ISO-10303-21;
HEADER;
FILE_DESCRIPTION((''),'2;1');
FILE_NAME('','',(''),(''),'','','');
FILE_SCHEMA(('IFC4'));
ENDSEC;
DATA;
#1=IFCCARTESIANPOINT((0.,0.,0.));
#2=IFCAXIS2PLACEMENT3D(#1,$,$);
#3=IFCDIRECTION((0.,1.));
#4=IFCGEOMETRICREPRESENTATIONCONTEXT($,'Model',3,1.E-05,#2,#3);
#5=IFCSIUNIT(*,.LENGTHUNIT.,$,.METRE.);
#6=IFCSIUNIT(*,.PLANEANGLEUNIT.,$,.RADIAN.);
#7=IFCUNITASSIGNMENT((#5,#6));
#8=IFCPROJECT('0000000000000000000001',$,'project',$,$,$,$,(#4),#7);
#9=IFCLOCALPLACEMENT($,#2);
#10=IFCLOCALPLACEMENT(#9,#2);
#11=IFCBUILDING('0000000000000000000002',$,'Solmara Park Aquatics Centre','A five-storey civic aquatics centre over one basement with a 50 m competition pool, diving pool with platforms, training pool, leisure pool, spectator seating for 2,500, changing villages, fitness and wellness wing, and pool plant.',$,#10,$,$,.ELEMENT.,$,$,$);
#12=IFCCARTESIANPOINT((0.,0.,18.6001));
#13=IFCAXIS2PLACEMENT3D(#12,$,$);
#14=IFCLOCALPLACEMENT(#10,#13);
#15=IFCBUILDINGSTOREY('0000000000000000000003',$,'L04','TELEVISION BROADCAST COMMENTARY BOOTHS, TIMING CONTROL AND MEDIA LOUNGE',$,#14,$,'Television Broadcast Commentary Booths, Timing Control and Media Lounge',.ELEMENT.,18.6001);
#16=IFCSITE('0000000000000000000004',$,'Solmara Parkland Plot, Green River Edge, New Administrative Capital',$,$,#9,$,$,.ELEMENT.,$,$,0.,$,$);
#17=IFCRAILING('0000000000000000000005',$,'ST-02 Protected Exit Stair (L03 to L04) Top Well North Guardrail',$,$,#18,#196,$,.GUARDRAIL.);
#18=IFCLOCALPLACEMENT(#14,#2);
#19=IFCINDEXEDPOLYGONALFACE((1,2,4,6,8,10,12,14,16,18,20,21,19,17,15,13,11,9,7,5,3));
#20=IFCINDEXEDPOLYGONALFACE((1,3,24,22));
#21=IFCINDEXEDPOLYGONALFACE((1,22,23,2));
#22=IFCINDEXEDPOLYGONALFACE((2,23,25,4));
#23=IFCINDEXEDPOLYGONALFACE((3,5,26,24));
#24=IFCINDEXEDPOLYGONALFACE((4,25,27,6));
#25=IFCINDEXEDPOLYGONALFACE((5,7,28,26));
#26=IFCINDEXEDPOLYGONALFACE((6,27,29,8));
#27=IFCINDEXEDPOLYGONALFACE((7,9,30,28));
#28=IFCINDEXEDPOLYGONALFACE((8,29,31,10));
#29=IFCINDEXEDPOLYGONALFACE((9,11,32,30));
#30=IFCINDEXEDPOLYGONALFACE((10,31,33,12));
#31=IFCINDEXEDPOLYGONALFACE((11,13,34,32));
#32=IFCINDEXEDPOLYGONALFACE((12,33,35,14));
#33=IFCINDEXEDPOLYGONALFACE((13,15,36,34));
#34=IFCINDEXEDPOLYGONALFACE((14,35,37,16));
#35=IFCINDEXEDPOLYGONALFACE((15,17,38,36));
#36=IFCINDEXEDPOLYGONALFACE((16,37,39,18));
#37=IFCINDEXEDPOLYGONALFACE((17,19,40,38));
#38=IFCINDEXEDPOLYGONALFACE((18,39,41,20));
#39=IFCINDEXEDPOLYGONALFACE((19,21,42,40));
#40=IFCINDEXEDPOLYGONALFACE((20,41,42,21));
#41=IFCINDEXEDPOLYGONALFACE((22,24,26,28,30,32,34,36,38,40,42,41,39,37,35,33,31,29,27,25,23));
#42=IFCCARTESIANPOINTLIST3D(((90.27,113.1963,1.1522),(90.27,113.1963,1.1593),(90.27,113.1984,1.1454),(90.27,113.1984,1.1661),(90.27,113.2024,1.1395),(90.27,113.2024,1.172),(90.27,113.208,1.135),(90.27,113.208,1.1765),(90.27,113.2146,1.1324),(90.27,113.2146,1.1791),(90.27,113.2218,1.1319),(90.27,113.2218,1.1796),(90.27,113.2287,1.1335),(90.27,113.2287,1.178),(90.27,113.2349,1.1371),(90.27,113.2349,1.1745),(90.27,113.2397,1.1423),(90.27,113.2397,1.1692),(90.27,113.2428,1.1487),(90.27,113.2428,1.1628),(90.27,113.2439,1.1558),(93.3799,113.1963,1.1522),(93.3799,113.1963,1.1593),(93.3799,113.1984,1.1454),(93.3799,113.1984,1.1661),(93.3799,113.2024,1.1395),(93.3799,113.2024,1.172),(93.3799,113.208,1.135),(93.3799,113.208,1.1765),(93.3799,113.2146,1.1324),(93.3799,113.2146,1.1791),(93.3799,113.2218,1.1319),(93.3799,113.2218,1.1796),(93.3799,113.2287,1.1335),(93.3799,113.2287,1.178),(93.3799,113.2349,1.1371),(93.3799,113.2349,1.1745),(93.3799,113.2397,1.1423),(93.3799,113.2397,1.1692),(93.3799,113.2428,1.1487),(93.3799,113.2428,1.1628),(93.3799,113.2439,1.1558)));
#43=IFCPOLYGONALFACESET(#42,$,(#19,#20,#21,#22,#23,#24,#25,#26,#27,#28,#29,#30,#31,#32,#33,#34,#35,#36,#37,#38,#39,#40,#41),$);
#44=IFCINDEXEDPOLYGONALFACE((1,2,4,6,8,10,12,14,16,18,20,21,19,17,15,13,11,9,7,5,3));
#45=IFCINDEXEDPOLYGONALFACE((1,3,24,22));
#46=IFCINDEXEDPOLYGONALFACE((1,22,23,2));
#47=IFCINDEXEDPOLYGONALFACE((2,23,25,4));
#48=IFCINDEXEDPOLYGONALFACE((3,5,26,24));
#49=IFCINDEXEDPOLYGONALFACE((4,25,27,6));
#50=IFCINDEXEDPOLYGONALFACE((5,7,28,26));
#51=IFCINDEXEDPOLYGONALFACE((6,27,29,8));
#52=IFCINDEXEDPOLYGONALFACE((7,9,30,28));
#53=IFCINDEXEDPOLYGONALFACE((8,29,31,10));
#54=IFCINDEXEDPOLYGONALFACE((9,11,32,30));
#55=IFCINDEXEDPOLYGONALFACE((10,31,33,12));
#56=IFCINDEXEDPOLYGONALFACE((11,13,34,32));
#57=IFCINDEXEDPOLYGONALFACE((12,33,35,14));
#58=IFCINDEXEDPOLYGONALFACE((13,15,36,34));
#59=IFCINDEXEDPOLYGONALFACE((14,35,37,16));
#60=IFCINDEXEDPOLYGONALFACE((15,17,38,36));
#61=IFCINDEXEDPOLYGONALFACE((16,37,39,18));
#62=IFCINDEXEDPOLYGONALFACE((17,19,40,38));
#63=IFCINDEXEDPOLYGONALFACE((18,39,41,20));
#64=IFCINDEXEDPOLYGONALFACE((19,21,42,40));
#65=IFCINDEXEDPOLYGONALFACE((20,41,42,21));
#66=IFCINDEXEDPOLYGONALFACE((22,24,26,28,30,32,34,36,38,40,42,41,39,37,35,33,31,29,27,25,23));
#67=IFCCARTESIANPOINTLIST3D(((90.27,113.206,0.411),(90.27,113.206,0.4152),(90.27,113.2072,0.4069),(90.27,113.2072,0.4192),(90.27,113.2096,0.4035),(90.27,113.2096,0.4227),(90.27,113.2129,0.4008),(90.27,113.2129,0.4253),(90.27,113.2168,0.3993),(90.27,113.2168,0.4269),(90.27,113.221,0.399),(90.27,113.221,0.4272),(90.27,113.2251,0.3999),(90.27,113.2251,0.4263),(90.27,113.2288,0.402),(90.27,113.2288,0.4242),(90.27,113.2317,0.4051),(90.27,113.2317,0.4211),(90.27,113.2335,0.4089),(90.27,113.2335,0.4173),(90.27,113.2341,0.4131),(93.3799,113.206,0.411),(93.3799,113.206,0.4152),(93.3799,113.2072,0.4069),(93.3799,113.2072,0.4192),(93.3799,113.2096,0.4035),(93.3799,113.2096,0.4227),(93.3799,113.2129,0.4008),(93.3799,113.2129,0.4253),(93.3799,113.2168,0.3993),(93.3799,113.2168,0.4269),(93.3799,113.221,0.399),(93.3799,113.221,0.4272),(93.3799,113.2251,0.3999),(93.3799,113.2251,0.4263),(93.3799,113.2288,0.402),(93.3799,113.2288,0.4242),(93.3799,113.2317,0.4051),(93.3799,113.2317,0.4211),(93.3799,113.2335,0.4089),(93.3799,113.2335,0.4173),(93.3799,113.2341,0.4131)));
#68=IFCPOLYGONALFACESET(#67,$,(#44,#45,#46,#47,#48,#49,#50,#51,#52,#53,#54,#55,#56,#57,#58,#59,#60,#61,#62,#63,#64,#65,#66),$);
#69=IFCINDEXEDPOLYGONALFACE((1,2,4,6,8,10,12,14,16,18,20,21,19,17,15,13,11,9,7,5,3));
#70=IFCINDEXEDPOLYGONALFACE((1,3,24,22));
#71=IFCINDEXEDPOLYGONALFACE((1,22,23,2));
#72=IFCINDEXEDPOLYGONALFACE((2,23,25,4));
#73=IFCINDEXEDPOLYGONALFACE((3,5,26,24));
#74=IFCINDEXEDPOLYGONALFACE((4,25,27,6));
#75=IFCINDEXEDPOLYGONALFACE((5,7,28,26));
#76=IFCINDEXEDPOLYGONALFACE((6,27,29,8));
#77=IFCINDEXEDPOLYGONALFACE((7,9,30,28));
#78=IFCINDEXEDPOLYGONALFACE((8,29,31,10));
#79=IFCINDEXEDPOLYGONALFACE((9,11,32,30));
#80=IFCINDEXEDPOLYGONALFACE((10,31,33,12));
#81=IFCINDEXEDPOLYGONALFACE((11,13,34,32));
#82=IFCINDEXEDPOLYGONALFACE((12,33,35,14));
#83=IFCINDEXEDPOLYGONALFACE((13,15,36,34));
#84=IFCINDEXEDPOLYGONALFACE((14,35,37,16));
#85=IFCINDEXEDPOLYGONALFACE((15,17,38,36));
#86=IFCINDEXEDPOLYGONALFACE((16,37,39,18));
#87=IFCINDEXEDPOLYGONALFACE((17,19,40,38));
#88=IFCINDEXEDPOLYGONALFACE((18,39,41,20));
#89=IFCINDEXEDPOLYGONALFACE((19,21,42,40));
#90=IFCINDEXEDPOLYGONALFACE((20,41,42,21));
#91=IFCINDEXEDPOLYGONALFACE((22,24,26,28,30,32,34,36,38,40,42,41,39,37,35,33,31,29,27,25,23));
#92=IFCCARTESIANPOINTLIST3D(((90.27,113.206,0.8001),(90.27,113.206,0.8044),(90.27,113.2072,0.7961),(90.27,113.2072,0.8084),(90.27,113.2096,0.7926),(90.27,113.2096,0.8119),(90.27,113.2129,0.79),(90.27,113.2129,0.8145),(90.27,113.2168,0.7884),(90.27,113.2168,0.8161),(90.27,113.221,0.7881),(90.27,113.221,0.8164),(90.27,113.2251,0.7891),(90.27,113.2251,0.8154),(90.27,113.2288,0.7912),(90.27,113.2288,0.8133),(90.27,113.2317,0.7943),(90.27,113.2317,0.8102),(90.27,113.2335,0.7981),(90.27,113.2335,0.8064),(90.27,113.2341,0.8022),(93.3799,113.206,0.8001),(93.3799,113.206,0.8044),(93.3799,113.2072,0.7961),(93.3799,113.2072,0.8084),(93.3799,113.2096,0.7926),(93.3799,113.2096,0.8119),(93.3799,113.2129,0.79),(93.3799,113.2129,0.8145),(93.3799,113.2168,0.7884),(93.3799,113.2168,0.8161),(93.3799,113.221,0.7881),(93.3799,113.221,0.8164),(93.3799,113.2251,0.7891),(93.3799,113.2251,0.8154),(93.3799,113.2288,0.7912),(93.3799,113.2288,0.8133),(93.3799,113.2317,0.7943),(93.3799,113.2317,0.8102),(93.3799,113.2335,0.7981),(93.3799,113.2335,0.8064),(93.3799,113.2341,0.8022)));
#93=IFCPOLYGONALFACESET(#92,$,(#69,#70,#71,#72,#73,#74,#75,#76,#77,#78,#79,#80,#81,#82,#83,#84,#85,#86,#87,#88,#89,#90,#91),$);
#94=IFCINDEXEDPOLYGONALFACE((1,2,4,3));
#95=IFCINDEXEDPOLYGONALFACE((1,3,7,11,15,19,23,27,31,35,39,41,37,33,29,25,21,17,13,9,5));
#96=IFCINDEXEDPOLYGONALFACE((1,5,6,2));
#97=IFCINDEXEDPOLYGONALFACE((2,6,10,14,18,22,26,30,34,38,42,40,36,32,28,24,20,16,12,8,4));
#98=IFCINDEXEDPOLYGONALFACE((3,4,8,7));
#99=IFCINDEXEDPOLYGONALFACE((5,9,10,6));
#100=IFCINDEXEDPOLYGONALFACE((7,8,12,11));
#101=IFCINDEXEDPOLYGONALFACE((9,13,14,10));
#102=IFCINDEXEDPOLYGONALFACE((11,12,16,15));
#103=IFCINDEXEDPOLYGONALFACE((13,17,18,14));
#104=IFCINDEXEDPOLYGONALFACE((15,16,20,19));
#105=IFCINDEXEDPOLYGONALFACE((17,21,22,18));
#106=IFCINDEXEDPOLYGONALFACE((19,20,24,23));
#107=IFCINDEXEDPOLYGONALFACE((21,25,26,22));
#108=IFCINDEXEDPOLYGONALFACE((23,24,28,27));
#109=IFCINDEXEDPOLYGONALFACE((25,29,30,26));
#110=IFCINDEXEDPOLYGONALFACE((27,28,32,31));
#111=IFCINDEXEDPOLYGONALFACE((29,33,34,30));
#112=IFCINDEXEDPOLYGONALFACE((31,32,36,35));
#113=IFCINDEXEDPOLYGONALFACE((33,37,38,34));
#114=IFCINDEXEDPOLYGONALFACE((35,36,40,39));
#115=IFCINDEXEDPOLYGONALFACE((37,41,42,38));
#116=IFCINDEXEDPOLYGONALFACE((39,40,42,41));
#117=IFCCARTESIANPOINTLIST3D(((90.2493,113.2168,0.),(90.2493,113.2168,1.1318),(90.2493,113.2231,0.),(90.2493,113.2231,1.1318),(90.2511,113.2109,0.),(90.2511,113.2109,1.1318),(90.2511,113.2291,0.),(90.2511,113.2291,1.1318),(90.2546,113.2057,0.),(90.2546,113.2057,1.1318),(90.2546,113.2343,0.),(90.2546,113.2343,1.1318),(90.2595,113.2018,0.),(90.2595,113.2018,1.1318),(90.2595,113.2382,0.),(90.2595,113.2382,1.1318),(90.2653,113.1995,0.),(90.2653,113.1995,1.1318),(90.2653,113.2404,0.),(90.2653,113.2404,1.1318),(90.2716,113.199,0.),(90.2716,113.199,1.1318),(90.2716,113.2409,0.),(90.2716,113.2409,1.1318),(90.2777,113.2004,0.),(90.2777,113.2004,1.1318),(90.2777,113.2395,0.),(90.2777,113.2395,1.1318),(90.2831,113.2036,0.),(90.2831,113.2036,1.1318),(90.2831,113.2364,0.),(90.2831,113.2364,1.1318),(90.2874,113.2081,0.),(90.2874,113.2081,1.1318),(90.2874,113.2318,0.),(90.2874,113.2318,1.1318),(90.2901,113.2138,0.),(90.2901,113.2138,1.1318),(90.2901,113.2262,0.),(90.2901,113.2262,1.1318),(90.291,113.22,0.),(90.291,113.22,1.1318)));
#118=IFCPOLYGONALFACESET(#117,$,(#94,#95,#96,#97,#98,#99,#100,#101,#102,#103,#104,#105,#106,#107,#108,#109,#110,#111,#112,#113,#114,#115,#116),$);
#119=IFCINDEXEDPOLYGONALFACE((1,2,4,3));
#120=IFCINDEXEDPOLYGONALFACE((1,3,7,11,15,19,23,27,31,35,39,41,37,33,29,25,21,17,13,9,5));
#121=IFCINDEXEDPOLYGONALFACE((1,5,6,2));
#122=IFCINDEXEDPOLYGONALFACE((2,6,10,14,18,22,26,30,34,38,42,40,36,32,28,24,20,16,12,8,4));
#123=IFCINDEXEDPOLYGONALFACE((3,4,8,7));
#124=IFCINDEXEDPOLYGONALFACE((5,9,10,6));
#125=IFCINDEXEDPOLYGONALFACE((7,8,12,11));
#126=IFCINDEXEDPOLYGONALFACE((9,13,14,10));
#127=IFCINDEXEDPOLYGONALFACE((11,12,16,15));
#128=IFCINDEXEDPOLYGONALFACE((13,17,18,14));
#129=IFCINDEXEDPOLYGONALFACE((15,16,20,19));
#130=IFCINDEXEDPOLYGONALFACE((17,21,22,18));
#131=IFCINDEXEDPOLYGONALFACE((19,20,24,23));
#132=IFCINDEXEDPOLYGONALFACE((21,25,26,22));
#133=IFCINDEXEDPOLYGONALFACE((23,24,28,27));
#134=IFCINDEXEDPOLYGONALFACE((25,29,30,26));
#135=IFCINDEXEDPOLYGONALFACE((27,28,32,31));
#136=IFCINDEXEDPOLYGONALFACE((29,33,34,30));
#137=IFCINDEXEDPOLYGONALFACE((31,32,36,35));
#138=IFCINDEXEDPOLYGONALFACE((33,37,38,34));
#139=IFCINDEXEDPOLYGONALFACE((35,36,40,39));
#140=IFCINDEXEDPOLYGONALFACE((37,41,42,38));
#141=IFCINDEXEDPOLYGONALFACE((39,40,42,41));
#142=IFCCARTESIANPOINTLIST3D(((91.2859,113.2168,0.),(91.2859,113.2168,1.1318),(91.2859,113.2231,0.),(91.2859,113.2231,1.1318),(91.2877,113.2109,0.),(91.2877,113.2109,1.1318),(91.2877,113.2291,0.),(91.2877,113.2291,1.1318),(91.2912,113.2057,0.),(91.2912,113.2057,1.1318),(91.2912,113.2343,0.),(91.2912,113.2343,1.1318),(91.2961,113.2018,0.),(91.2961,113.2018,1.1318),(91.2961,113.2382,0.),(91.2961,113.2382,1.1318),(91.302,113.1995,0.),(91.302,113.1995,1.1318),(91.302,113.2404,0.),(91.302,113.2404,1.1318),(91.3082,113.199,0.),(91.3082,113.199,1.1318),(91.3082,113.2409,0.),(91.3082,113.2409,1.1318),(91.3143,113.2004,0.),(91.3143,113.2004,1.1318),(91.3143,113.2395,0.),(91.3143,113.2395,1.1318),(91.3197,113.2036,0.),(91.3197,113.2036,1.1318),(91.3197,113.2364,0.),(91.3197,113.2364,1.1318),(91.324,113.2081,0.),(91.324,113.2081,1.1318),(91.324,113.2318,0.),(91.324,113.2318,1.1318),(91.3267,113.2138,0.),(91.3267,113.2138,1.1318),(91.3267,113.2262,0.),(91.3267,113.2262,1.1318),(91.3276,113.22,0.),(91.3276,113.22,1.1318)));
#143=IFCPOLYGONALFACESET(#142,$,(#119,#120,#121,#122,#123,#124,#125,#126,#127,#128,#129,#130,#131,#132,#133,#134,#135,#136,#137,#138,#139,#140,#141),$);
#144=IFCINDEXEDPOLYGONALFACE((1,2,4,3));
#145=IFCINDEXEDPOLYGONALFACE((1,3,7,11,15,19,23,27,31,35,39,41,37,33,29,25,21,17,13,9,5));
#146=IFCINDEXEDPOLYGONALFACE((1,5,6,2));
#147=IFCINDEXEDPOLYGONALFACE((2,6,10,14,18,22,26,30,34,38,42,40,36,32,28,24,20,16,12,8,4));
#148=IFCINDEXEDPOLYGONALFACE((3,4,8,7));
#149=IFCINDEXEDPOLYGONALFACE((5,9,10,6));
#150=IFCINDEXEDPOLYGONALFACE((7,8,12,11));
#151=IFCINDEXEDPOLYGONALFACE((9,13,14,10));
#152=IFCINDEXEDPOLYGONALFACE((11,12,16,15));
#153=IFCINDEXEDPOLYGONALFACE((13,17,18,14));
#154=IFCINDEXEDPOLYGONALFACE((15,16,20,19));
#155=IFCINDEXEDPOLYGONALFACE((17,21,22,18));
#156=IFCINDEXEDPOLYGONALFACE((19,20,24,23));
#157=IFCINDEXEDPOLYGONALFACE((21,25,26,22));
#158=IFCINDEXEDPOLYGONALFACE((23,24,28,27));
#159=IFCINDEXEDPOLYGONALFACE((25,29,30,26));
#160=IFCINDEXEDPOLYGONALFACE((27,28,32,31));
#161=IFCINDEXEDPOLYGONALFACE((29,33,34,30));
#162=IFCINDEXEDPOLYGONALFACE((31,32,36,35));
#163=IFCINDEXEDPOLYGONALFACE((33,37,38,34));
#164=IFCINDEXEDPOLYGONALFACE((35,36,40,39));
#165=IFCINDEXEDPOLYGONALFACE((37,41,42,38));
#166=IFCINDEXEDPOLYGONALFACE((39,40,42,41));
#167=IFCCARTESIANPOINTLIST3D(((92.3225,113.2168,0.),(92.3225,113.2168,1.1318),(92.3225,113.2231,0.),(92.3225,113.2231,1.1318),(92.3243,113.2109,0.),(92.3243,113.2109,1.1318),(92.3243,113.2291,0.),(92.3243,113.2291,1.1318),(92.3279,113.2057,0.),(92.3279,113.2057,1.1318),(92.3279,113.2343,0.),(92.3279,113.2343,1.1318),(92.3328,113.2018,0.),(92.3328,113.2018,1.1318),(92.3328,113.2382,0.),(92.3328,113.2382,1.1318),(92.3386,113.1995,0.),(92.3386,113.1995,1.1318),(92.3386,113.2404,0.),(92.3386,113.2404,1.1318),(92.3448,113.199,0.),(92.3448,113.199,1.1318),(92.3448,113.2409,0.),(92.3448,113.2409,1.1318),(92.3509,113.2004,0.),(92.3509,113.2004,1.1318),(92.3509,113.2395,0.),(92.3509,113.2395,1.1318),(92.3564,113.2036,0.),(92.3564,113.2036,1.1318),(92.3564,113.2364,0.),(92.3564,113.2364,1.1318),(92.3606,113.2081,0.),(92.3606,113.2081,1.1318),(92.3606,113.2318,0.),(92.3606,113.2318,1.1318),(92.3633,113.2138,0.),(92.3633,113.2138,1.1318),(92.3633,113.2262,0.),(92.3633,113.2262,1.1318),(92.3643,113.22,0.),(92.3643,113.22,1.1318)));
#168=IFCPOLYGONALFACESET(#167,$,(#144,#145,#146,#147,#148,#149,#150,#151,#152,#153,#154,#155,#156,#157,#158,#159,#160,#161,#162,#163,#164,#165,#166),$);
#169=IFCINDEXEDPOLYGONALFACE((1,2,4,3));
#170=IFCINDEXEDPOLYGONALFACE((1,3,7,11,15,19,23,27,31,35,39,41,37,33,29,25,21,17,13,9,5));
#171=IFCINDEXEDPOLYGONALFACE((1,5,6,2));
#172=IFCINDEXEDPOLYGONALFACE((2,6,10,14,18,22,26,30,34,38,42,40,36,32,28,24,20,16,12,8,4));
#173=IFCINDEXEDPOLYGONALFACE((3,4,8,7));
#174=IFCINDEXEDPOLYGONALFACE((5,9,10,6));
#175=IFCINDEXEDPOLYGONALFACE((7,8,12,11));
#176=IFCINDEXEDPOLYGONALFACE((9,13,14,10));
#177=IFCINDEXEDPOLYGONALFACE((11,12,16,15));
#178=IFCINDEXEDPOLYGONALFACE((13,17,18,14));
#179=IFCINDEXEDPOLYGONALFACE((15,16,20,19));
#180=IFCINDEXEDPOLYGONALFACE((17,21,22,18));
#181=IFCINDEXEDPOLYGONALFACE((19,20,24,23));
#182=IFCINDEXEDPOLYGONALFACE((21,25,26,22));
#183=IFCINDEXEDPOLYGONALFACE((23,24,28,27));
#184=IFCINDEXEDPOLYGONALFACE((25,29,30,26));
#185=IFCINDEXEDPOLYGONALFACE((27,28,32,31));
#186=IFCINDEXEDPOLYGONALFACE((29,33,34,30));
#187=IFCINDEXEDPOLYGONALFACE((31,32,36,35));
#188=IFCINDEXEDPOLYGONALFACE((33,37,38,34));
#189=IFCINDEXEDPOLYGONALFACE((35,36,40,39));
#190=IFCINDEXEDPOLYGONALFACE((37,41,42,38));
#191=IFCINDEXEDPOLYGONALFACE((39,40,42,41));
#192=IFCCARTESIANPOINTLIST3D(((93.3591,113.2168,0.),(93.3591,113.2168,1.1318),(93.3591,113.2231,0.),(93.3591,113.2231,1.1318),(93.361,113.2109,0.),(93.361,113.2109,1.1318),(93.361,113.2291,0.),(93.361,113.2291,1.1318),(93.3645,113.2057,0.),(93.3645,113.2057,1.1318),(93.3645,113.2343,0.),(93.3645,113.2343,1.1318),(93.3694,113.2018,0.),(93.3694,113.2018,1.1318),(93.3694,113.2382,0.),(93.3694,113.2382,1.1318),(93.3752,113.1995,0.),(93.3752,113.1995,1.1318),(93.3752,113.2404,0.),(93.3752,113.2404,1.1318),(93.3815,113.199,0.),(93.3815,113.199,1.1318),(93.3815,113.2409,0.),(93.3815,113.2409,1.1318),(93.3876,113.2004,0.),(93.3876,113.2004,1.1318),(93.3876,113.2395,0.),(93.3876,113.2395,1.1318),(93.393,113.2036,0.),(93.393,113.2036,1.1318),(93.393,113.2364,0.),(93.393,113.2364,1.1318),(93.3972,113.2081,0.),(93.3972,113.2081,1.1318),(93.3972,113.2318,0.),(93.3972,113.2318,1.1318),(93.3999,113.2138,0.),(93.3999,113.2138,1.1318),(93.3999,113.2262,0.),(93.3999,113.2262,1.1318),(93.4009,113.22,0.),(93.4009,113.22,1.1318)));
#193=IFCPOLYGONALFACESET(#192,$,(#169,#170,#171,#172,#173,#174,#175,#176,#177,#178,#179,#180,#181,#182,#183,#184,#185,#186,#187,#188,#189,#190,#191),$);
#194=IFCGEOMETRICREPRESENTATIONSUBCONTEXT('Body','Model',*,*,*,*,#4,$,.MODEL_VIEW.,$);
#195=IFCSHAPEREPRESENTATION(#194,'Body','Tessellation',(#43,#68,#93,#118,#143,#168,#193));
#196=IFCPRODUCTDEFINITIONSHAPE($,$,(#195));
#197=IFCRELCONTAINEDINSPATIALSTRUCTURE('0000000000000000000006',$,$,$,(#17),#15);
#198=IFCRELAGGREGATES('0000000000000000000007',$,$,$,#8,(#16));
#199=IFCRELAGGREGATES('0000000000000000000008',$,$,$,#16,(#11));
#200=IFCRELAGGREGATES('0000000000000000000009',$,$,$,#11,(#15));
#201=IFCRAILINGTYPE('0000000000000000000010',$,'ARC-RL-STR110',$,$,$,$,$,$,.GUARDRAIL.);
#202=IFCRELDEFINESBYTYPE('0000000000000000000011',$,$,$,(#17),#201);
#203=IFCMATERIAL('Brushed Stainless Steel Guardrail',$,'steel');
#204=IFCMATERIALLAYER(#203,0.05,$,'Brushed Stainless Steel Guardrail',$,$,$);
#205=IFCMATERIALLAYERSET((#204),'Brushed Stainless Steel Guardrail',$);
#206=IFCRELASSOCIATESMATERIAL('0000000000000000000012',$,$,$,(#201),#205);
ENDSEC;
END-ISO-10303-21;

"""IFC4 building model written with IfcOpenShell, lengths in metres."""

from ifc_helpers import new_model, si_unit, direction, frame, origin, origin_2d, place, context, subcontext, project, spatial, circle, extrude, material, layer, layer_set, type_object, element, save


model = new_model("IFC4")

# Units and contexts
model_context = context("Model", 3, precision=1e-05, world=origin(), true_north=direction((0.0, 1.0)))
body_context = subcontext(model_context, "Body", "Model", "MODEL_VIEW")
ifc_project = project(units=[si_unit("LENGTHUNIT", "METRE"), si_unit("PLANEANGLEUNIT", "RADIAN")], contexts=[model_context])

# Site, building, storey
site_placement = place(None, origin())
site = spatial("IfcSite", under=ifc_project, at=site_placement, Name="Solmara Parkland Plot, Green River Edge, New Administrative Capital", CompositionType="ELEMENT", RefElevation=0.0)
building_placement = place(site_placement, origin())
building = spatial("IfcBuilding", under=site, at=building_placement, Name="Solmara Park Aquatics Centre", Description="A five-storey civic aquatics centre over one basement with a 50 m competition pool, diving pool with platforms, training pool, leisure pool, spectator seating for 2,500, changing villages, fitness and wellness wing, and pool plant.", CompositionType="ELEMENT")
storey_placement = place(building_placement, frame((0.0, 0.0, 18.6001)))
storey = spatial("IfcBuildingStorey", under=building, at=storey_placement, Name="L04", Description="TELEVISION BROADCAST COMMENTARY BOOTHS, TIMING CONTROL AND MEDIA LOUNGE", LongName="Television Broadcast Commentary Booths, Timing Control and Media Lounge", CompositionType="ELEMENT", Elevation=18.6001)

# Railing
ifc_material_1 = material(Name="Brushed Stainless Steel Guardrail", Category="steel")
ifc_layer_1 = layer(ifc_material_1, 0.05, Name="Brushed Stainless Steel Guardrail")
ifc_layer_set_1 = layer_set([ifc_layer_1], Name="Brushed Stainless Steel Guardrail")
railing_type_1 = type_object("IfcRailingType", Name="ARC-RL-STR110", PredefinedType="GUARDRAIL", material=ifc_layer_set_1)
railing_1_placement = place(storey_placement, frame((90.27, 113.22, 0.0)))
element("IfcRailing", 1, at=railing_1_placement, inside=storey, type_object=railing_type_1, Name="ST-02 Protected Exit Stair (L03 to L04) Top Well North Guardrail", PredefinedType="GUARDRAIL", context=body_context, shape_type="SweptSolid", body=[
    extrude(circle(Radius=0.0239, at=origin_2d()), frame((0.0, 0.0, 1.1558), z_axis=(1.0, 0.0, 0.0), x_axis=(0.0, 1.0, 0.0)), (0.0, 0.0, 1.0), 3.1099),
    extrude(circle(Radius=0.0142, at=origin_2d()), frame((0.0, 0.0, 0.4131), z_axis=(1.0, 0.0, 0.0), x_axis=(0.0, 1.0, 0.0)), (0.0, 0.0, 1.0), 3.1099),
    extrude(circle(Radius=0.0142, at=origin_2d()), frame((0.0, 0.0, 0.8022), z_axis=(1.0, 0.0, 0.0), x_axis=(0.0, 1.0, 0.0)), (0.0, 0.0, 1.0), 3.1099),
    extrude(circle(Radius=0.021, at=origin_2d()), origin(), (0.0, 0.0, 1.0), 1.1318),
    extrude(circle(Radius=0.021, at=origin_2d()), frame((1.0366, 0.0, 0.0)), (0.0, 0.0, 1.0), 1.1318),
    extrude(circle(Radius=0.021, at=origin_2d()), frame((2.0732, 0.0, 0.0)), (0.0, 0.0, 1.0), 1.1318),
    extrude(circle(Radius=0.021, at=origin_2d()), frame((3.1099, 0.0, 0.0)), (0.0, 0.0, 1.0), 1.1318),
])

save(model, "model.ifc")
